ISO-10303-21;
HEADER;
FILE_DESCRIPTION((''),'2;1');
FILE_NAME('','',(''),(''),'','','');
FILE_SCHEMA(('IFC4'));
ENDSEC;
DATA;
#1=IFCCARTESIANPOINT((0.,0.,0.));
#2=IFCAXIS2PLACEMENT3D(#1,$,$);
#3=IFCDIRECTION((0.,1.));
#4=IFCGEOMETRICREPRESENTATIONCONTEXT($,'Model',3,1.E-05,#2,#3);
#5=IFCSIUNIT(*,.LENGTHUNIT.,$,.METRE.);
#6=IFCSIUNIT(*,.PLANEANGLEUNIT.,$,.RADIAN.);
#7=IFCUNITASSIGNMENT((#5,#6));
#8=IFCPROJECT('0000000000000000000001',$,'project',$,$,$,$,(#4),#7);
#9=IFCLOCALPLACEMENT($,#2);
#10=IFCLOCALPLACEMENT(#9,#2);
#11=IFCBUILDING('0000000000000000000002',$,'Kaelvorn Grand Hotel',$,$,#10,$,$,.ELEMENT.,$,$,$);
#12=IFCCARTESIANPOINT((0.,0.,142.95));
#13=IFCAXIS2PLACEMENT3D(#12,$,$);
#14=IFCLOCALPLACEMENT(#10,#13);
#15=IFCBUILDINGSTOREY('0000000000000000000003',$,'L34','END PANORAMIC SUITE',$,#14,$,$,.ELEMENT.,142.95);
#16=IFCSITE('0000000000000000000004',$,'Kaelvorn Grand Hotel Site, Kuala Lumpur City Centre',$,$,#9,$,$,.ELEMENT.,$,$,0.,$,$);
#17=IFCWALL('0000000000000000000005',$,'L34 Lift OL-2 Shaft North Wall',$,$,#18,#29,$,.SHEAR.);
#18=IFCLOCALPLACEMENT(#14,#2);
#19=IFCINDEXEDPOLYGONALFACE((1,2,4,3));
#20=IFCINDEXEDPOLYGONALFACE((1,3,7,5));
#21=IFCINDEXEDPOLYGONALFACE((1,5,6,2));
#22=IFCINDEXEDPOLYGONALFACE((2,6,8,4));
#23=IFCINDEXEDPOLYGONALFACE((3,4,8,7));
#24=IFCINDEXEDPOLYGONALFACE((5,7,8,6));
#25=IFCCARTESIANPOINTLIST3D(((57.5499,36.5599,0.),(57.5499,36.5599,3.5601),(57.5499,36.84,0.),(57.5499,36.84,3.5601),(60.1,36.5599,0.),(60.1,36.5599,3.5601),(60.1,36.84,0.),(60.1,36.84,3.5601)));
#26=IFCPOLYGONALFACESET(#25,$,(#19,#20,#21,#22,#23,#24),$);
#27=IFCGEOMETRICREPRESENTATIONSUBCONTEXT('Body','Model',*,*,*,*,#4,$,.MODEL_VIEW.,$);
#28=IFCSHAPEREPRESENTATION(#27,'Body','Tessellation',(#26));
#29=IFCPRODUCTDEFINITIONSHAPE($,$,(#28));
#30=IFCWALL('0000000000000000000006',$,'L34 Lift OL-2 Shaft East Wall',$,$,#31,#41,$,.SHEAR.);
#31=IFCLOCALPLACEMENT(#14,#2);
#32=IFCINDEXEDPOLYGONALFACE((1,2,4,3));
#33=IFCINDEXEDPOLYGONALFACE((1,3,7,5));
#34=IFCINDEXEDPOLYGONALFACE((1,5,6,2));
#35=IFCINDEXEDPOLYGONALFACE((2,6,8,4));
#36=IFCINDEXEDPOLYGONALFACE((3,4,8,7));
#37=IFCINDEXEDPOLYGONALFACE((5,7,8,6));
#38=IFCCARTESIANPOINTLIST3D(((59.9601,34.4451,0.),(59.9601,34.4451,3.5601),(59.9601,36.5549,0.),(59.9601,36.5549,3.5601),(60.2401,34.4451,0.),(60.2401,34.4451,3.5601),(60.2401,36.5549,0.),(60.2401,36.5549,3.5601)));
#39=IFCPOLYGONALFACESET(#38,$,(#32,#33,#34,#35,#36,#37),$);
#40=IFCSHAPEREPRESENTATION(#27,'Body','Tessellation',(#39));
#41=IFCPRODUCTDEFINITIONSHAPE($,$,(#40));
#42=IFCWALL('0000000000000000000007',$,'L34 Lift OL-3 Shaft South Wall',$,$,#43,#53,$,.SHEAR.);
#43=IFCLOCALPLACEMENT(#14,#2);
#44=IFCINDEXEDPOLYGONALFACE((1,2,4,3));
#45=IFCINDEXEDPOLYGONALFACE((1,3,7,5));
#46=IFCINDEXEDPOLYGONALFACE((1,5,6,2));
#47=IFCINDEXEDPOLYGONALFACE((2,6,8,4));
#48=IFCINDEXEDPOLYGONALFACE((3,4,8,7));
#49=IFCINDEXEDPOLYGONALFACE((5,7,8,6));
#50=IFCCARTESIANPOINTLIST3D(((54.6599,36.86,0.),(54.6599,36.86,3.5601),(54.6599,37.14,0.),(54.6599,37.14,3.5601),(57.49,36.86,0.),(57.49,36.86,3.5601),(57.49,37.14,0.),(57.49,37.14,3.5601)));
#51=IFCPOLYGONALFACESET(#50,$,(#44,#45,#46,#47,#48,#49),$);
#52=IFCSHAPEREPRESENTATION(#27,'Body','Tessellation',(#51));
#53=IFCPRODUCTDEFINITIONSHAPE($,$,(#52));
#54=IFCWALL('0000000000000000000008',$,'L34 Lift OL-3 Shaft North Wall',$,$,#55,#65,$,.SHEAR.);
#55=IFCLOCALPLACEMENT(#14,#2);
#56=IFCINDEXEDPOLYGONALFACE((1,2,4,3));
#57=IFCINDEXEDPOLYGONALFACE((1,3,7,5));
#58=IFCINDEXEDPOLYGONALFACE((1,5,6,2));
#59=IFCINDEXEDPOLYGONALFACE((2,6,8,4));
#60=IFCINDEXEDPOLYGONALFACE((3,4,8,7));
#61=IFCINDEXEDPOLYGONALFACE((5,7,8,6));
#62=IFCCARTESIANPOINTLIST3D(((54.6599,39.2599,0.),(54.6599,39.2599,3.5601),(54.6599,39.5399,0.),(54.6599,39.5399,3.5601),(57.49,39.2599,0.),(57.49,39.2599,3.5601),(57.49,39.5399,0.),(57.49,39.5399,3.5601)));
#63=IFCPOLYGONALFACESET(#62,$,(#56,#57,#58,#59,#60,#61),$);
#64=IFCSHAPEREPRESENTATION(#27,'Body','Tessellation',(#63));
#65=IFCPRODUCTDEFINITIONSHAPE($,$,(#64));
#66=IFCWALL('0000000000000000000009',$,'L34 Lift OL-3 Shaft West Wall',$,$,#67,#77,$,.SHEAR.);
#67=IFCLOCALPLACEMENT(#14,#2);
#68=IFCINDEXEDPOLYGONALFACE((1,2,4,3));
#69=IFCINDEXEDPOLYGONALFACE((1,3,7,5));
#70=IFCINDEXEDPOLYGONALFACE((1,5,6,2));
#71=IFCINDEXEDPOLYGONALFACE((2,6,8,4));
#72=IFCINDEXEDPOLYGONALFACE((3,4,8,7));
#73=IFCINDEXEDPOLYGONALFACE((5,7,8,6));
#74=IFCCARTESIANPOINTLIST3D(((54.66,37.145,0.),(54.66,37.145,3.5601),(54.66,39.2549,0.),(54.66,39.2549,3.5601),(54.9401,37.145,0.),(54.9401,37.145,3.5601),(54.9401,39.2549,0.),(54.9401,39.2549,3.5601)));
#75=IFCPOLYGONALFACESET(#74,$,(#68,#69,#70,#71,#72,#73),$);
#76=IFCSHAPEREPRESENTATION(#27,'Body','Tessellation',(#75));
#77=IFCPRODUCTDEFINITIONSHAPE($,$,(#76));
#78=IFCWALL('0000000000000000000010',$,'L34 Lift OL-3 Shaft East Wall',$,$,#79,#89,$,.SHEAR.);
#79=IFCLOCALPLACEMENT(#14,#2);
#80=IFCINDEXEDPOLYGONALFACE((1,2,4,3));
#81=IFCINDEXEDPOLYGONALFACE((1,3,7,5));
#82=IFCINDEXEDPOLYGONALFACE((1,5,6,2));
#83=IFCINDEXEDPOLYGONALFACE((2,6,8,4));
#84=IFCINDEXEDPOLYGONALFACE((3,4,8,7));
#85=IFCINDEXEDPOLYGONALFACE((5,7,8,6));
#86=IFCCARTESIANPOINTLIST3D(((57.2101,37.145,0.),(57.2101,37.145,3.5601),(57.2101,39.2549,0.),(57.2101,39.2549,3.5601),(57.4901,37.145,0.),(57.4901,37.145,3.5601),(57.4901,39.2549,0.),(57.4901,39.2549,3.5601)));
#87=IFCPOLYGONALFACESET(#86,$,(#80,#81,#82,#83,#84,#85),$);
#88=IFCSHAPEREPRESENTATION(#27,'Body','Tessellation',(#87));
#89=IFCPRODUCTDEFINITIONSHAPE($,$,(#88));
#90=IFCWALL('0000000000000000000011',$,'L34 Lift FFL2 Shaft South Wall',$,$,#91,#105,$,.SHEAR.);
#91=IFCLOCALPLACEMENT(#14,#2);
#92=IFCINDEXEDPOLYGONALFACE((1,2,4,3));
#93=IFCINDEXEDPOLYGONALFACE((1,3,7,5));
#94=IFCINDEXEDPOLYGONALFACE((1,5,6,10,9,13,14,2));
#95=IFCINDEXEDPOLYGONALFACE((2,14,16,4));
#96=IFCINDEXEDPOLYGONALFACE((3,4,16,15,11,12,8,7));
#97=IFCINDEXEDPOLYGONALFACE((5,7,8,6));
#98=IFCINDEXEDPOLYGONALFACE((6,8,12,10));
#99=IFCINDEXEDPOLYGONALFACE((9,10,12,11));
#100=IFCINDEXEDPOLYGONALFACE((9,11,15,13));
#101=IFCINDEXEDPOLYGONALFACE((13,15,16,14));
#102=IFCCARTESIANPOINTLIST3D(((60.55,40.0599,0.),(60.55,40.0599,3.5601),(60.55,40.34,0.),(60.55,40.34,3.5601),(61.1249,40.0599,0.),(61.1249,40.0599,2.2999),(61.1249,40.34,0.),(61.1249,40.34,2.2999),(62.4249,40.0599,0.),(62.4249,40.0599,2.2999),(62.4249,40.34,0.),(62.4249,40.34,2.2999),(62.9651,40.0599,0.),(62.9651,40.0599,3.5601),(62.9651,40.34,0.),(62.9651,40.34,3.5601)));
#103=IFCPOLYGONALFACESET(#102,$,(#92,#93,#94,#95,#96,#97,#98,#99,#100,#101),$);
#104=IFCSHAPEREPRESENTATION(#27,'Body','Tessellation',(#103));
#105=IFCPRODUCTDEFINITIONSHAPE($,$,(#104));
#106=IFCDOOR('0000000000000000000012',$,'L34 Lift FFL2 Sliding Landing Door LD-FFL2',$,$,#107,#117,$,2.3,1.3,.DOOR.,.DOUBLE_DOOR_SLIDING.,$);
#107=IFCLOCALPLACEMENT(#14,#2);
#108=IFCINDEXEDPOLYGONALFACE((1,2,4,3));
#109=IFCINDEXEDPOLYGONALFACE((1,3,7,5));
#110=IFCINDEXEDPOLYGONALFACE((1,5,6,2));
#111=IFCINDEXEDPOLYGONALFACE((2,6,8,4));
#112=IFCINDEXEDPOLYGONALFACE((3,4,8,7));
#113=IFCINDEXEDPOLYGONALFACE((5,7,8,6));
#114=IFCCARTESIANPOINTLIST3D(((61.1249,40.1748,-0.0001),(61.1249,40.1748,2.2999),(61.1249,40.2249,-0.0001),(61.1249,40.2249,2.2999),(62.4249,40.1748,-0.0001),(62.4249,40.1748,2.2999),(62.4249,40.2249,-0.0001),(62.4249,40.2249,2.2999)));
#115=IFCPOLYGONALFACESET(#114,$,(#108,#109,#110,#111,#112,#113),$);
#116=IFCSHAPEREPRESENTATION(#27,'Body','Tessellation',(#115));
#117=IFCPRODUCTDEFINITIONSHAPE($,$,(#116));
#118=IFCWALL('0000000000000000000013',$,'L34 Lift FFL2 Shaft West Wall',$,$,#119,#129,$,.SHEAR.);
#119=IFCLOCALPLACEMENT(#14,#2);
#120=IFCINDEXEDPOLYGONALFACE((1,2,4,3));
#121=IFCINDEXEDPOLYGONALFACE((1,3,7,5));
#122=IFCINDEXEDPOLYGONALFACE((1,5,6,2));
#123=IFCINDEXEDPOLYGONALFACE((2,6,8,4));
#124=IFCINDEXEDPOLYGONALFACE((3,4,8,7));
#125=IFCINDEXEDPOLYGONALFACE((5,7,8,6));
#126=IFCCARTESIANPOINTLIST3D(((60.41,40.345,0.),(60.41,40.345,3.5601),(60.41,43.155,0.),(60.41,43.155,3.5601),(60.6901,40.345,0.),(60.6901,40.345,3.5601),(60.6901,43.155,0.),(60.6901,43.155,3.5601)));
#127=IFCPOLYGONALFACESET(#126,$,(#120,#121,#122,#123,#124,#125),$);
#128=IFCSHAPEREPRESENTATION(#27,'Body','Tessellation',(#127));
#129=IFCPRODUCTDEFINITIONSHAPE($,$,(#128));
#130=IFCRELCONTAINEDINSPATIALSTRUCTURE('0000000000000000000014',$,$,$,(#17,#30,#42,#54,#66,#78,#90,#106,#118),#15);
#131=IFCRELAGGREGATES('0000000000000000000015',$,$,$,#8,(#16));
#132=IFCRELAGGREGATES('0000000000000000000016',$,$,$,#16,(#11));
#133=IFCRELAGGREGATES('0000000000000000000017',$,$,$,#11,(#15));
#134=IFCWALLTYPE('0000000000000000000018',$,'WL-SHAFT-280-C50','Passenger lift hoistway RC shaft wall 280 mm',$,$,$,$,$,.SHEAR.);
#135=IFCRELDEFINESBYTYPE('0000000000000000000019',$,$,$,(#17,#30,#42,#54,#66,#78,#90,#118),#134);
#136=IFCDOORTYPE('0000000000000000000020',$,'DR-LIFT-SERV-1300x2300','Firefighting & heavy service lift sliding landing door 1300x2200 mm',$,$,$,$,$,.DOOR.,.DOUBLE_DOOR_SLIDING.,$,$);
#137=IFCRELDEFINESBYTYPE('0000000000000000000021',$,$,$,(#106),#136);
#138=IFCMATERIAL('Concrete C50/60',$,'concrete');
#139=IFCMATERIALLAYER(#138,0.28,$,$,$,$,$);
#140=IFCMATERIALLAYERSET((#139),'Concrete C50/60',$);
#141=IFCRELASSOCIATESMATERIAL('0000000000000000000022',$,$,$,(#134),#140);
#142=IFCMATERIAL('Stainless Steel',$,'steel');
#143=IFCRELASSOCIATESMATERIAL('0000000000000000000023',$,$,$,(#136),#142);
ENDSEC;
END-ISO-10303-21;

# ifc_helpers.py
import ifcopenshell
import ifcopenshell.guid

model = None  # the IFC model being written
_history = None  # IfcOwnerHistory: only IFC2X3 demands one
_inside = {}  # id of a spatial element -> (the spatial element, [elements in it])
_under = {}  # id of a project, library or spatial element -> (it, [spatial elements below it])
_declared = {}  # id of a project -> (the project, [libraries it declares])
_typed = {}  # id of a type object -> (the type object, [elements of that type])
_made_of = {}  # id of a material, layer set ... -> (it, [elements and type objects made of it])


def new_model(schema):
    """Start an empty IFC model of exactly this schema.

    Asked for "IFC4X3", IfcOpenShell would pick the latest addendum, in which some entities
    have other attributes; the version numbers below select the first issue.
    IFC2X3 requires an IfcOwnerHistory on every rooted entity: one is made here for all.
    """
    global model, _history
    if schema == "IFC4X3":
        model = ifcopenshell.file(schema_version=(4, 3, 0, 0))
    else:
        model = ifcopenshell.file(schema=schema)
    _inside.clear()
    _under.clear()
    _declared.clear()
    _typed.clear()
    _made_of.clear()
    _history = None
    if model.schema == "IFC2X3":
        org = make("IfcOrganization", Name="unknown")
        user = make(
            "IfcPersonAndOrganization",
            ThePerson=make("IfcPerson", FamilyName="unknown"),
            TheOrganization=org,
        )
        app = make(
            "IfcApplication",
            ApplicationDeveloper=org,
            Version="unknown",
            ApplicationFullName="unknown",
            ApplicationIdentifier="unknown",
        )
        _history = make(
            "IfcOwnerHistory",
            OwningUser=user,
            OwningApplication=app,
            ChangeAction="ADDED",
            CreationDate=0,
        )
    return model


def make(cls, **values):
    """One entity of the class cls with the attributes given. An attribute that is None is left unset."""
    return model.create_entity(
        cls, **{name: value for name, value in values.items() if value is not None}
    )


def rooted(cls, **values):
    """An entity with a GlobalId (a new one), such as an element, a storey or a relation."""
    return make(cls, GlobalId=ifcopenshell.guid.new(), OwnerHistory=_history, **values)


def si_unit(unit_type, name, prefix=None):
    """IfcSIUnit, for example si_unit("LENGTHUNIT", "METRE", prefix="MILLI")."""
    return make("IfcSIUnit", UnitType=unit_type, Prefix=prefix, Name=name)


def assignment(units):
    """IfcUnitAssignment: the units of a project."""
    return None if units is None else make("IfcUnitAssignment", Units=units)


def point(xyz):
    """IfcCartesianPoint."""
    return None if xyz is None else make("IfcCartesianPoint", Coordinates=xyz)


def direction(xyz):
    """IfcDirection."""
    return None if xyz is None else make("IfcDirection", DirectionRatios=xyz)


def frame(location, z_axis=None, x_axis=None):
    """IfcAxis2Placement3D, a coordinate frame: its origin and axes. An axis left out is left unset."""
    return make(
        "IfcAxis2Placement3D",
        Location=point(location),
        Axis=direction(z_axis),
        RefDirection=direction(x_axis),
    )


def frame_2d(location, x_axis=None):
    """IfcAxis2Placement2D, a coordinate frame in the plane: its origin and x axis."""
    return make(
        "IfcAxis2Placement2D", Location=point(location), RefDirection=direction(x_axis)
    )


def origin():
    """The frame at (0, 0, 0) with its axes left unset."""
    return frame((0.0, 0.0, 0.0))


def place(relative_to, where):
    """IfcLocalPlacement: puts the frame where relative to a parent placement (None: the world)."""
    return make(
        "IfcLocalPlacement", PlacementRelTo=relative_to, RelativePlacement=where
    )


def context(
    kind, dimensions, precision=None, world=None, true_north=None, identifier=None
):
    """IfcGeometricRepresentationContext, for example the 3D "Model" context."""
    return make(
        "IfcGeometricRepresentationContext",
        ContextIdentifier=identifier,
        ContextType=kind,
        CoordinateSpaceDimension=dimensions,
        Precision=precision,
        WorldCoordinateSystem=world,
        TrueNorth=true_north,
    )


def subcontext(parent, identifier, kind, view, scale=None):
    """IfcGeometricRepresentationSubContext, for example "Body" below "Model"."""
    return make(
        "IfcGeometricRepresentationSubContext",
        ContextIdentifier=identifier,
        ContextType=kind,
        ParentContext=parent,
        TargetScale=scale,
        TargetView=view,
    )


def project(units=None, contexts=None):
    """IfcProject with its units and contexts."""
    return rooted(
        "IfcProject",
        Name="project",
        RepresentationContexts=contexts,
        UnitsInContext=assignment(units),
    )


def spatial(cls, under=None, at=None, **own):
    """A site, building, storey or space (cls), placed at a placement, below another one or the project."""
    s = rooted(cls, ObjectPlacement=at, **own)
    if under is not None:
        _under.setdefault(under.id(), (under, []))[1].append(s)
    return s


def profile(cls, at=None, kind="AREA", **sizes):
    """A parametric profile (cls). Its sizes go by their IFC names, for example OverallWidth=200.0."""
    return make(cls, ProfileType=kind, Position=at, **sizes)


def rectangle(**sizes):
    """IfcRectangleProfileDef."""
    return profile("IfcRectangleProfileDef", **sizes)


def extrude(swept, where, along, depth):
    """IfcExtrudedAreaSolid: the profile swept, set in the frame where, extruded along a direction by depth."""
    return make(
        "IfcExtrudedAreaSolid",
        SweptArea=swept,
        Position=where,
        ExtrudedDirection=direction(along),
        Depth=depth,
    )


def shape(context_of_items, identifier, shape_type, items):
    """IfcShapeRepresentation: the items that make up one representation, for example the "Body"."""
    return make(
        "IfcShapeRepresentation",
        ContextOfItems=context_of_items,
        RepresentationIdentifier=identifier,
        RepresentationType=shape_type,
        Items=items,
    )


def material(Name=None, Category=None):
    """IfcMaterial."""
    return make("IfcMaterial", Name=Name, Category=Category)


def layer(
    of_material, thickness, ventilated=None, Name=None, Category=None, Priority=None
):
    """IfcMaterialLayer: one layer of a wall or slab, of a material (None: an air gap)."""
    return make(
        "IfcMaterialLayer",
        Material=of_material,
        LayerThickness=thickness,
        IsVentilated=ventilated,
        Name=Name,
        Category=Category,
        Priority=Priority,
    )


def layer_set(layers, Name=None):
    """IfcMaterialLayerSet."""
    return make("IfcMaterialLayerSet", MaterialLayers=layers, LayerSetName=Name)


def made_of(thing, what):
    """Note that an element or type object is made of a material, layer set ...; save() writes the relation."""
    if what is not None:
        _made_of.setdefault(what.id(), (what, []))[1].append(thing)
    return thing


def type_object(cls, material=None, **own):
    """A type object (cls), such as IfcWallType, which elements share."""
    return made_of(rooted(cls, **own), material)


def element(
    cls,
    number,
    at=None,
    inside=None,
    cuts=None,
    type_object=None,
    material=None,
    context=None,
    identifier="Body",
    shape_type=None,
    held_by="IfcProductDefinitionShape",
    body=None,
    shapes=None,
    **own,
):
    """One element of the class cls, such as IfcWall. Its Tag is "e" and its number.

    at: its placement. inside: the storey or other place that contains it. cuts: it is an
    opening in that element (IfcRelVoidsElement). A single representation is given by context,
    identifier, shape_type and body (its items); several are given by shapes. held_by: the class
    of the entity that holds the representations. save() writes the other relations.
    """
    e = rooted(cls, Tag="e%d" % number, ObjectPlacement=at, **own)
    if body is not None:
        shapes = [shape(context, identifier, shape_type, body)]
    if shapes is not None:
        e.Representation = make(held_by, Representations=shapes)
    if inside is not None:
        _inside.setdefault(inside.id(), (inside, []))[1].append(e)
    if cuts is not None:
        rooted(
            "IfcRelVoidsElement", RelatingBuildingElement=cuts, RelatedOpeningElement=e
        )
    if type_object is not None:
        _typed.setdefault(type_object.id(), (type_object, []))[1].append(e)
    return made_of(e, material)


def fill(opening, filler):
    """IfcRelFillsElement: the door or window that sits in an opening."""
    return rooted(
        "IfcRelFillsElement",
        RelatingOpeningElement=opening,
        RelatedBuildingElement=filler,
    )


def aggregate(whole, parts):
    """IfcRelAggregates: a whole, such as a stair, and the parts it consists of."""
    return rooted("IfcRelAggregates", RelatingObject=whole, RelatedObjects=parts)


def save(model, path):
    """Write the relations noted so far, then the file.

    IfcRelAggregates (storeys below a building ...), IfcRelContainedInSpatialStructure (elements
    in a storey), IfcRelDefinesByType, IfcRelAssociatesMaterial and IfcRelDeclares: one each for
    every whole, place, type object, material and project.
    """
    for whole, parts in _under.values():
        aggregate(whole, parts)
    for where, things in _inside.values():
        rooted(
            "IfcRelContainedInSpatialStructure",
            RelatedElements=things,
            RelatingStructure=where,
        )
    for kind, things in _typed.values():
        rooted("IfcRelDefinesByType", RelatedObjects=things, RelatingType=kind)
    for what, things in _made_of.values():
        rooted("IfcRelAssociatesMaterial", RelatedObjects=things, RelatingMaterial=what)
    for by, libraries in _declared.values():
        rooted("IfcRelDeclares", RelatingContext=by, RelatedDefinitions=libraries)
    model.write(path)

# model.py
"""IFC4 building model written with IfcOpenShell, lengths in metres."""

from ifc_helpers import new_model, si_unit, direction, frame, frame_2d, origin, place, context, subcontext, project, spatial, rectangle, extrude, material, layer, layer_set, type_object, element, fill, save


model = new_model("IFC4")

# Units and contexts
model_context = context("Model", 3, precision=1e-05, world=origin(), true_north=direction((0.0, 1.0)))
body_context = subcontext(model_context, "Body", "Model", "MODEL_VIEW")
ifc_project = project(units=[si_unit("LENGTHUNIT", "METRE"), si_unit("PLANEANGLEUNIT", "RADIAN")], contexts=[model_context])

# Site, building, storey
site_placement = place(None, origin())
site = spatial("IfcSite", under=ifc_project, at=site_placement, Name="Kaelvorn Grand Hotel Site, Kuala Lumpur City Centre", CompositionType="ELEMENT", RefElevation=0.0)
building_placement = place(site_placement, origin())
building = spatial("IfcBuilding", under=site, at=building_placement, Name="Kaelvorn Grand Hotel", CompositionType="ELEMENT")
storey_placement = place(building_placement, frame((0.0, 0.0, 142.95)))
storey = spatial("IfcBuildingStorey", under=building, at=storey_placement, Name="L34", Description="END PANORAMIC SUITE", CompositionType="ELEMENT", Elevation=142.95)

# Shared definitions
ifc_material_1 = material(Name="Concrete C50/60", Category="concrete")

# Walls
ifc_layer_1 = layer(ifc_material_1, 0.28)
ifc_layer_set_1 = layer_set([ifc_layer_1], Name="Concrete C50/60")
wall_type_1 = type_object("IfcWallType", Name="WL-SHAFT-280-C50", Description="Passenger lift hoistway RC shaft wall 280 mm", PredefinedType="SHEAR", material=ifc_layer_set_1)
for number, where, z_axis, x_axis, name in (
    (1, (57.55, 36.7, 0.0), (0.0, 0.0, 1.0), (1.0, 0.0, 0.0), "L34 Lift OL-2 Shaft North Wall"),
):
    element("IfcWall", number, at=place(storey_placement, frame(where, z_axis=z_axis, x_axis=x_axis)), inside=storey, type_object=wall_type_1, Name=name, PredefinedType="SHEAR", context=body_context, shape_type="SweptSolid", body=[
        extrude(rectangle(XDim=2.55, YDim=0.28, at=frame_2d((1.2749, 0.0))), origin(), (0.0, 0.0, 1.0), 3.5601),
    ])
wall_1_placement = place(storey_placement, frame((60.1001, 34.4451, 0.0), z_axis=(0.0, 0.0, 1.0), x_axis=(0.0, 1.0, 0.0)))
element("IfcWall", 2, at=wall_1_placement, inside=storey, type_object=wall_type_1, Name="L34 Lift OL-2 Shaft East Wall", PredefinedType="SHEAR", context=body_context, shape_type="SweptSolid", body=[
    extrude(rectangle(XDim=2.1099, YDim=0.28, at=frame_2d((1.0549, 0.0))), origin(), (0.0, 0.0, 1.0), 3.5601),
])
for number, where, z_axis, x_axis, name in (
    (3, (54.6599, 37.0, 0.0), (0.0, 0.0, 1.0), (1.0, 0.0, 0.0), "L34 Lift OL-3 Shaft South Wall"),
    (4, (54.6599, 39.3999, 0.0), (0.0, 0.0, 1.0), (1.0, 0.0, 0.0), "L34 Lift OL-3 Shaft North Wall"),
):
    element("IfcWall", number, at=place(storey_placement, frame(where, z_axis=z_axis, x_axis=x_axis)), inside=storey, type_object=wall_type_1, Name=name, PredefinedType="SHEAR", context=body_context, shape_type="SweptSolid", body=[
        extrude(rectangle(XDim=2.8301, YDim=0.28, at=frame_2d((1.415, 0.0))), origin(), (0.0, 0.0, 1.0), 3.5601),
    ])
for number, where, z_axis, x_axis, name in (
    (5, (54.8, 37.145, 0.0), (0.0, 0.0, 1.0), (0.0, 1.0, 0.0), "L34 Lift OL-3 Shaft West Wall"),
    (6, (57.3501, 37.145, 0.0), (0.0, 0.0, 1.0), (0.0, 1.0, 0.0), "L34 Lift OL-3 Shaft East Wall"),
):
    element("IfcWall", number, at=place(storey_placement, frame(where, z_axis=z_axis, x_axis=x_axis)), inside=storey, type_object=wall_type_1, Name=name, PredefinedType="SHEAR", context=body_context, shape_type="SweptSolid", body=[
        extrude(rectangle(XDim=2.1099, YDim=0.28, at=frame_2d((1.0549, 0.0))), origin(), (0.0, 0.0, 1.0), 3.5601),
    ])

# Wall, opening, door
wall_2_placement = place(storey_placement, frame((60.55, 40.2, 0.0), z_axis=(0.0, 0.0, 1.0), x_axis=(1.0, 0.0, 0.0)))
wall_2 = element("IfcWall", 7, at=wall_2_placement, inside=storey, type_object=wall_type_1, Name="L34 Lift FFL2 Shaft South Wall", PredefinedType="SHEAR", context=body_context, shape_type="SweptSolid", body=[
    extrude(rectangle(XDim=2.415, YDim=0.28, at=frame_2d((1.2075, 0.0))), origin(), (0.0, 0.0, 1.0), 3.5601),
])
opening_1_placement = place(wall_2_placement, frame((0.575, 0.0, 0.0)))
opening_1 = element("IfcOpeningElement", 8, at=opening_1_placement, cuts=wall_2, PredefinedType="OPENING", context=body_context, shape_type="SweptSolid", body=[
    extrude(rectangle(XDim=1.3, YDim=2.3, at=frame_2d((0.6499, 1.1499))), frame((0.0, 0.1499, 0.0), z_axis=(0.0, -1.0, 0.0), x_axis=(1.0, 0.0, 0.0)), (0.0, 0.0, 1.0), 0.3),
])
ifc_material_2 = material(Name="Stainless Steel", Category="steel")
door_type_1 = type_object("IfcDoorType", Name="DR-LIFT-SERV-1300x2300", Description="Firefighting & heavy service lift sliding landing door 1300x2200 mm", OperationType="DOUBLE_DOOR_SLIDING", PredefinedType="DOOR", material=ifc_material_2)
door_1_placement = place(opening_1_placement, origin())
door_1 = element("IfcDoor", 9, at=door_1_placement, inside=storey, type_object=door_type_1, Name="L34 Lift FFL2 Sliding Landing Door LD-FFL2", OperationType="DOUBLE_DOOR_SLIDING", OverallHeight=2.3, OverallWidth=1.3, PredefinedType="DOOR", context=body_context, shape_type="SweptSolid", body=[
    extrude(rectangle(XDim=1.3, YDim=2.3, at=frame_2d((0.6499, 1.1499))), frame((0.0, 0.0249, 0.0), z_axis=(0.0, -1.0, 0.0), x_axis=(1.0, 0.0, 0.0)), (0.0, 0.0, 1.0), 0.05),
])
fill(opening_1, door_1)

# Wall
wall_3_placement = place(storey_placement, frame((60.55, 40.345, 0.0), z_axis=(0.0, 0.0, 1.0), x_axis=(0.0, 1.0, 0.0)))
element("IfcWall", 10, at=wall_3_placement, inside=storey, type_object=wall_type_1, Name="L34 Lift FFL2 Shaft West Wall", PredefinedType="SHEAR", context=body_context, shape_type="SweptSolid", body=[
    extrude(rectangle(XDim=2.8101, YDim=0.28, at=frame_2d((1.405, 0.0))), origin(), (0.0, 0.0, 1.0), 3.5601),
])

save(model, "model.ifc")
